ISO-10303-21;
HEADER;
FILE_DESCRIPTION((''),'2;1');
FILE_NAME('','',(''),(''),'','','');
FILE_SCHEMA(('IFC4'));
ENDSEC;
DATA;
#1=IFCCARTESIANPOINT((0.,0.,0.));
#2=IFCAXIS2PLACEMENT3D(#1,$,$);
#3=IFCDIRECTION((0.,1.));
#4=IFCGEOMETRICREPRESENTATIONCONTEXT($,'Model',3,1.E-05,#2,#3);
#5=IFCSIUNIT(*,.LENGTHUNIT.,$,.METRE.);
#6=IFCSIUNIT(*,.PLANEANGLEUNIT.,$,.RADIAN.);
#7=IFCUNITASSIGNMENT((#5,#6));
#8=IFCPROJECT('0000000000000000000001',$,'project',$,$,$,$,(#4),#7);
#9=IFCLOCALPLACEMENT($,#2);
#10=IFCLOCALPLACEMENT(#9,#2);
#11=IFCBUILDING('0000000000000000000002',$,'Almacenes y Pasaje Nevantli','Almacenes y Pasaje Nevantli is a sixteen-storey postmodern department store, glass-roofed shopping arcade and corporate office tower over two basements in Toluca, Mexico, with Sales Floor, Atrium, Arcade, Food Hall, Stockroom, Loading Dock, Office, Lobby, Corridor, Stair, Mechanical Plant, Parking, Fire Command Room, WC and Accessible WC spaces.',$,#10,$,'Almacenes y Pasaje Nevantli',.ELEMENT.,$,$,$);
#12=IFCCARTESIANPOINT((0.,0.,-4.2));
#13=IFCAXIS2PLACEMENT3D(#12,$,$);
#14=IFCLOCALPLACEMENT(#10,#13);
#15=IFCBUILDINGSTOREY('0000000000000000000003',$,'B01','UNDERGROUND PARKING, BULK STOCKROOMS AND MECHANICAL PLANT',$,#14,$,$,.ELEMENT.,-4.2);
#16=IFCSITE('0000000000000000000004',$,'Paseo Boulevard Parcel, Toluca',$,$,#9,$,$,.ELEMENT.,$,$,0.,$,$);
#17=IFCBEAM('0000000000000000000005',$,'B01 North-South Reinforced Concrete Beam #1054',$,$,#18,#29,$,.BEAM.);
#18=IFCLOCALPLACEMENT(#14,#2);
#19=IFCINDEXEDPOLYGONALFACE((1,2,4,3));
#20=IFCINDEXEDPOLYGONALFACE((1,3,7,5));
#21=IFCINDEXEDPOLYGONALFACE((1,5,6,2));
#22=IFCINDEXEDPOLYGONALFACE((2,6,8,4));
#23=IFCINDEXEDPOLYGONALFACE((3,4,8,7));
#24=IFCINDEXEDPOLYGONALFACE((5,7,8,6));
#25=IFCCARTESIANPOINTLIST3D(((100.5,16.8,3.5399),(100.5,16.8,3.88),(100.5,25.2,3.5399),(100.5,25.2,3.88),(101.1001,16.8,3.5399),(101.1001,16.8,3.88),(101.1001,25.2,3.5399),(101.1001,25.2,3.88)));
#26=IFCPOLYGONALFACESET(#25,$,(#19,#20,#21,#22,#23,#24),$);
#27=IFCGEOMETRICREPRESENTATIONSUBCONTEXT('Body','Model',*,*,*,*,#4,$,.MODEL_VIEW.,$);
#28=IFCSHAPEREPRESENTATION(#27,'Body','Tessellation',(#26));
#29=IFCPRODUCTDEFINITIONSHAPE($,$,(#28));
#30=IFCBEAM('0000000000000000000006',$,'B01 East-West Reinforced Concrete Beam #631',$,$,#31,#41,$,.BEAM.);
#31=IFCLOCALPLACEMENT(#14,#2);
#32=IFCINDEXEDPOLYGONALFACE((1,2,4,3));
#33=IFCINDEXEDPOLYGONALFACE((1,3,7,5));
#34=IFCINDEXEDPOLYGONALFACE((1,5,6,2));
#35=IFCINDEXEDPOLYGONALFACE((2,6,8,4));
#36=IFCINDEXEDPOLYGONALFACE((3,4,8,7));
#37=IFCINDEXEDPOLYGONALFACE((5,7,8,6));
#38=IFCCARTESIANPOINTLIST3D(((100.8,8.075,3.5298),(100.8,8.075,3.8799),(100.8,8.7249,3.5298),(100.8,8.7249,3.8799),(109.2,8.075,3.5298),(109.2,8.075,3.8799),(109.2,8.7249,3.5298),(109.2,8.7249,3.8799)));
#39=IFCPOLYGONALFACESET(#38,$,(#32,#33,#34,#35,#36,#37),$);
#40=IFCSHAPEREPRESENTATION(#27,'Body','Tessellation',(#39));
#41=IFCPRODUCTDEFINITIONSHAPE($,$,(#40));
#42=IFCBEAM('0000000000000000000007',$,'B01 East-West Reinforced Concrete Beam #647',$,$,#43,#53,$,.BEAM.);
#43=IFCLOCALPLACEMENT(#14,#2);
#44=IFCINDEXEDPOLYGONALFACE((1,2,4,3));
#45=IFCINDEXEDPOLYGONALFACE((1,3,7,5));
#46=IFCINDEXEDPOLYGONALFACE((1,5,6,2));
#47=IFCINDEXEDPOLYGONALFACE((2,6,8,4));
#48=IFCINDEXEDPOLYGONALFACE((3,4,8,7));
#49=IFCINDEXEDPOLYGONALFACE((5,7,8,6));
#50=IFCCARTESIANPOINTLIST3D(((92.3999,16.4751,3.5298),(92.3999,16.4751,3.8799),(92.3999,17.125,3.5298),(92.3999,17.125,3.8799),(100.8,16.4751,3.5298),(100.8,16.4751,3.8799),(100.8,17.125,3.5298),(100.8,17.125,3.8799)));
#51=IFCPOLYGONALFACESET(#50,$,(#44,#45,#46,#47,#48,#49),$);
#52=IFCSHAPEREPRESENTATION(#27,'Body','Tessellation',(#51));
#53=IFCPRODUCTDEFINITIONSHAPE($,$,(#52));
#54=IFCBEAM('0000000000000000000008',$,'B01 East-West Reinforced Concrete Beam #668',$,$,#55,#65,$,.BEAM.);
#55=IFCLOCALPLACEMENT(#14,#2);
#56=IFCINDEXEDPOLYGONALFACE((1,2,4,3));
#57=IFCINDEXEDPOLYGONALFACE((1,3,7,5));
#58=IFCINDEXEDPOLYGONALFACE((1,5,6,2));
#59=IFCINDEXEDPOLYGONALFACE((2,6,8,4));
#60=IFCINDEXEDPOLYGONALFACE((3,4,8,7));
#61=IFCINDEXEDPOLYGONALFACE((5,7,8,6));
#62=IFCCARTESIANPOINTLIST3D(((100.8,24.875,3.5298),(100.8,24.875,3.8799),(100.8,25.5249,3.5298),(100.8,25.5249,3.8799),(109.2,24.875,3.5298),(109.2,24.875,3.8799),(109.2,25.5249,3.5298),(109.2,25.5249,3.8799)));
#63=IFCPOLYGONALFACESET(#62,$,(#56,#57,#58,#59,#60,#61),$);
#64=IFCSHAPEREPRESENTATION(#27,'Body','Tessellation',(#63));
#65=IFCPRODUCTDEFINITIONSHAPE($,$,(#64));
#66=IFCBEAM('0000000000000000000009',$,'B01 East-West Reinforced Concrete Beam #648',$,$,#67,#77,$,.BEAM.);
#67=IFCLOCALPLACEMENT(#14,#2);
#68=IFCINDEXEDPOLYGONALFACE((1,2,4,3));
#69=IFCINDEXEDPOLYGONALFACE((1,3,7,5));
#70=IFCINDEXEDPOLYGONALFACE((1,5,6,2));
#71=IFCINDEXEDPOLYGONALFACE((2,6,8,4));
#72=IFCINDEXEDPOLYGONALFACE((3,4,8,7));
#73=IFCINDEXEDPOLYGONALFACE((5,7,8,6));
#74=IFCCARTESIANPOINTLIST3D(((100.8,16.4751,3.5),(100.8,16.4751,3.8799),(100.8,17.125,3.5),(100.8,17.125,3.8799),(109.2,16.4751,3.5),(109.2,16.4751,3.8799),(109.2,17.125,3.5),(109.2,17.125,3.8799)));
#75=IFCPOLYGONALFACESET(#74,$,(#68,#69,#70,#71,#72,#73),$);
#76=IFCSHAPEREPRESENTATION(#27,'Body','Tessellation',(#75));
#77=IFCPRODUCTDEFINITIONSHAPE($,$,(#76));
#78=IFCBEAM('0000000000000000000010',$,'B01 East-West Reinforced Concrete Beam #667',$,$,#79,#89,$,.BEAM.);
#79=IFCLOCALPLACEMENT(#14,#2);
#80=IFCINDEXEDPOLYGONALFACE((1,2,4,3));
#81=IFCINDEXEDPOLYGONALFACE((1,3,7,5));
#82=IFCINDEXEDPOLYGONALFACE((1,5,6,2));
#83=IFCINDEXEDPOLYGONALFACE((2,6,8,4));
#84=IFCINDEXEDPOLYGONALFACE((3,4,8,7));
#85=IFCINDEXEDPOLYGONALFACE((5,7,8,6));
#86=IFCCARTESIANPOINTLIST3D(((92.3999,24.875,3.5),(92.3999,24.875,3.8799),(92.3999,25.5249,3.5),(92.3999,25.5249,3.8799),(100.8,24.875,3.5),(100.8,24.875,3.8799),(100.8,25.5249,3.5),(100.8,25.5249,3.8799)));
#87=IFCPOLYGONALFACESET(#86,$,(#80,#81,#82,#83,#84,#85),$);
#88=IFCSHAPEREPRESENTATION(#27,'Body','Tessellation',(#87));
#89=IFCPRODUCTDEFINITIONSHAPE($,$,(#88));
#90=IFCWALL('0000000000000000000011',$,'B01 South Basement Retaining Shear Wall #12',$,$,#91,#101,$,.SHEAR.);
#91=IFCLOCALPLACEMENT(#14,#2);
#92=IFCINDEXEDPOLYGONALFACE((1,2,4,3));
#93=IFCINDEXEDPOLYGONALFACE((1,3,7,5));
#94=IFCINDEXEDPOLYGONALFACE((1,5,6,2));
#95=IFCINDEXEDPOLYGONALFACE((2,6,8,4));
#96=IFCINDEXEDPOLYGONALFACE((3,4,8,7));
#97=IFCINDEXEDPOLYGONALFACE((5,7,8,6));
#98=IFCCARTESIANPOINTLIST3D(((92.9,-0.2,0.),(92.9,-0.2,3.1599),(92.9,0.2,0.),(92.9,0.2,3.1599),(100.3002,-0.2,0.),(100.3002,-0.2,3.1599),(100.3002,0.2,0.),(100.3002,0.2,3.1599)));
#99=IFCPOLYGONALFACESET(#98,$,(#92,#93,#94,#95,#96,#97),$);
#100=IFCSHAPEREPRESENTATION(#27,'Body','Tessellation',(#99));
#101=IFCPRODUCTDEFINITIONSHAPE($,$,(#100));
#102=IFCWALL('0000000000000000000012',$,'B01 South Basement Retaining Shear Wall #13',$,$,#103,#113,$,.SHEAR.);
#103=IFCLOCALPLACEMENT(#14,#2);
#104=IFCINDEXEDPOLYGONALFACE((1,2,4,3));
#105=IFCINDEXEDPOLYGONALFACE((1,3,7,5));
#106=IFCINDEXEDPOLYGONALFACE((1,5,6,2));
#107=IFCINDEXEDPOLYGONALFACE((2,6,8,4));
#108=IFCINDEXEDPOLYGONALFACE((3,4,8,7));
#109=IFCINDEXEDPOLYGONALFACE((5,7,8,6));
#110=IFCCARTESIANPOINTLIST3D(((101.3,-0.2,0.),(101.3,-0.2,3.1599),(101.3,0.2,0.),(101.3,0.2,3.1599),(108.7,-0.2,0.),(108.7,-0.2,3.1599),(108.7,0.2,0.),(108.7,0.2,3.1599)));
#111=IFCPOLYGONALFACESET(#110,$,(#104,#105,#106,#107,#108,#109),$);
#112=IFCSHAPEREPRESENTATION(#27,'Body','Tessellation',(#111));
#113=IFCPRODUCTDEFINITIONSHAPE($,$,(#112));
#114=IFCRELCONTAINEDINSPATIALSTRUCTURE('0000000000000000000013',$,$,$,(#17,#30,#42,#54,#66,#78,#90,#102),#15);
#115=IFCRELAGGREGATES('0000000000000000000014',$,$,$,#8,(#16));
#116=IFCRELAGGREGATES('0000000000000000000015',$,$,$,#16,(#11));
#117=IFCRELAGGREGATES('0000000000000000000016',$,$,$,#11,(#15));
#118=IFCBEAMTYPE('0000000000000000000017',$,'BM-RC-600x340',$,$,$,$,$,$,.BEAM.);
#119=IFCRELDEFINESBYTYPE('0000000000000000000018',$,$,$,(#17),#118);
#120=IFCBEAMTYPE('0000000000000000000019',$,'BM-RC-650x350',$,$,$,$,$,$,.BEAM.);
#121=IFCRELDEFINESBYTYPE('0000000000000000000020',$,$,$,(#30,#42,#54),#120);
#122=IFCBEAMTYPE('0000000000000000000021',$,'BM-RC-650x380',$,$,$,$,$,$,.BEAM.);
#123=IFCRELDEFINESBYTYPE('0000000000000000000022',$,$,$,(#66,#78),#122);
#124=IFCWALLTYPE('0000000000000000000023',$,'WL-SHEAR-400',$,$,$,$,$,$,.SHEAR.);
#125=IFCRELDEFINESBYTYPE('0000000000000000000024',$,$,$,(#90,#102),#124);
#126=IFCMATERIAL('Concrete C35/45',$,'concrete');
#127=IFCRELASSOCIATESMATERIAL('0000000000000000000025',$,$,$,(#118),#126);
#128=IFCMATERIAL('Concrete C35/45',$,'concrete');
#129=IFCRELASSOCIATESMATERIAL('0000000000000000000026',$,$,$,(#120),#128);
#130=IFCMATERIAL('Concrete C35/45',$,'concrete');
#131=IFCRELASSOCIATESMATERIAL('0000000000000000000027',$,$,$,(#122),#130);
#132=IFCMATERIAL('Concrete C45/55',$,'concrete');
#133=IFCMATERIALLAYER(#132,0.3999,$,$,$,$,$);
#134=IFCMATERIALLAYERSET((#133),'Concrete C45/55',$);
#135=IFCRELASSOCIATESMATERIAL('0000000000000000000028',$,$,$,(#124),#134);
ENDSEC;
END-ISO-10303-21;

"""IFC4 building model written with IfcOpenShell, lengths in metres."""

from ifc_helpers import new_model, si_unit, direction, frame, frame_2d, origin, origin_2d, place, context, subcontext, project, spatial, rectangle, extrude, material, layer, layer_set, material_profile, profile_set, type_object, element, save


model = new_model("IFC4")

# Units and contexts
model_context = context("Model", 3, precision=1e-05, world=origin(), true_north=direction((0.0, 1.0)))
body_context = subcontext(model_context, "Body", "Model", "MODEL_VIEW")
ifc_project = project(units=[si_unit("LENGTHUNIT", "METRE"), si_unit("PLANEANGLEUNIT", "RADIAN")], contexts=[model_context])

# Site, building, storey
site_placement = place(None, origin())
site = spatial("IfcSite", under=ifc_project, at=site_placement, Name="Paseo Boulevard Parcel, Toluca", CompositionType="ELEMENT", RefElevation=0.0)
building_placement = place(site_placement, origin())
building = spatial("IfcBuilding", under=site, at=building_placement, Name="Almacenes y Pasaje Nevantli", Description="Almacenes y Pasaje Nevantli is a sixteen-storey postmodern department store, glass-roofed shopping arcade and corporate office tower over two basements in Toluca, Mexico, with Sales Floor, Atrium, Arcade, Food Hall, Stockroom, Loading Dock, Office, Lobby, Corridor, Stair, Mechanical Plant, Parking, Fire Command Room, WC and Accessible WC spaces.", LongName="Almacenes y Pasaje Nevantli", CompositionType="ELEMENT")
storey_placement = place(building_placement, frame((0.0, 0.0, -4.2)))
storey = spatial("IfcBuildingStorey", under=building, at=storey_placement, Name="B01", Description="UNDERGROUND PARKING, BULK STOCKROOMS AND MECHANICAL PLANT", CompositionType="ELEMENT", Elevation=-4.2)

# Beams
ifc_material_1 = material(Name="Concrete C35/45", Category="concrete")
ifc_material_profile_1 = material_profile(ifc_material_1, rectangle(XDim=0.6001, YDim=0.3401, at=origin_2d()), Name="RC-BM-600x340")
ifc_profile_set_1 = profile_set([ifc_material_profile_1], Name="Concrete C35/45")
beam_type_1 = type_object("IfcBeamType", Name="BM-RC-600x340", PredefinedType="BEAM", material=ifc_profile_set_1)
for number, where, z_axis, x_axis, name in (
    (1, (100.8, 16.8, 3.71), (0.0, 1.0, 0.0), (-1.0, 0.0, 0.0), "B01 North-South Reinforced Concrete Beam #1054"),
):
    element("IfcBeam", number, at=place(storey_placement, frame(where, z_axis=z_axis, x_axis=x_axis)), inside=storey, type_object=beam_type_1, Name=name, PredefinedType="BEAM", context=body_context, shape_type="SweptSolid", body=[
        extrude(rectangle(XDim=0.6001, YDim=0.3401, at=origin_2d()), origin(), (0.0, 0.0, 1.0), 8.3999),
    ])
ifc_material_2 = material(Name="Concrete C35/45", Category="concrete")
ifc_material_profile_2 = material_profile(ifc_material_2, rectangle(XDim=0.6499, YDim=0.3501, at=origin_2d()), Name="RC-BM-650x350")
ifc_profile_set_2 = profile_set([ifc_material_profile_2], Name="Concrete C35/45")
beam_type_2 = type_object("IfcBeamType", Name="BM-RC-650x350", PredefinedType="BEAM", material=ifc_profile_set_2)
beam_1_placement = place(storey_placement, frame((100.8, 8.3999, 3.7048), z_axis=(1.0, 0.0, 0.0), x_axis=(0.0, 1.0, 0.0)))
element("IfcBeam", 2, at=beam_1_placement, inside=storey, type_object=beam_type_2, Name="B01 East-West Reinforced Concrete Beam #631", PredefinedType="BEAM", context=body_context, shape_type="SweptSolid", body=[
    extrude(rectangle(XDim=0.6499, YDim=0.3501, at=origin_2d()), origin(), (0.0, 0.0, 1.0), 8.3999),
])
beam_2_placement = place(storey_placement, frame((92.3999, 16.8, 3.7048), z_axis=(1.0, 0.0, 0.0), x_axis=(0.0, 1.0, 0.0)))
element("IfcBeam", 3, at=beam_2_placement, inside=storey, type_object=beam_type_2, Name="B01 East-West Reinforced Concrete Beam #647", PredefinedType="BEAM", context=body_context, shape_type="SweptSolid", body=[
    extrude(rectangle(XDim=0.6499, YDim=0.3501, at=origin_2d()), origin(), (0.0, 0.0, 1.0), 8.4001),
])
beam_3_placement = place(storey_placement, frame((100.8, 25.2, 3.7048), z_axis=(1.0, 0.0, 0.0), x_axis=(0.0, 1.0, 0.0)))
element("IfcBeam", 4, at=beam_3_placement, inside=storey, type_object=beam_type_2, Name="B01 East-West Reinforced Concrete Beam #668", PredefinedType="BEAM", context=body_context, shape_type="SweptSolid", body=[
    extrude(rectangle(XDim=0.6499, YDim=0.3501, at=origin_2d()), origin(), (0.0, 0.0, 1.0), 8.3999),
])
ifc_material_3 = material(Name="Concrete C35/45", Category="concrete")
ifc_material_profile_3 = material_profile(ifc_material_3, rectangle(XDim=0.6499, YDim=0.3799, at=origin_2d()), Name="RC-BM-650x380")
ifc_profile_set_3 = profile_set([ifc_material_profile_3], Name="Concrete C35/45")
beam_type_3 = type_object("IfcBeamType", Name="BM-RC-650x380", PredefinedType="BEAM", material=ifc_profile_set_3)
beam_4_placement = place(storey_placement, frame((100.8, 16.8, 3.6899), z_axis=(1.0, 0.0, 0.0), x_axis=(0.0, 1.0, 0.0)))
element("IfcBeam", 5, at=beam_4_placement, inside=storey, type_object=beam_type_3, Name="B01 East-West Reinforced Concrete Beam #648", PredefinedType="BEAM", context=body_context, shape_type="SweptSolid", body=[
    extrude(rectangle(XDim=0.6499, YDim=0.3799, at=origin_2d()), origin(), (0.0, 0.0, 1.0), 8.3999),
])
beam_5_placement = place(storey_placement, frame((92.3999, 25.2, 3.6899), z_axis=(1.0, 0.0, 0.0), x_axis=(0.0, 1.0, 0.0)))
element("IfcBeam", 6, at=beam_5_placement, inside=storey, type_object=beam_type_3, Name="B01 East-West Reinforced Concrete Beam #667", PredefinedType="BEAM", context=body_context, shape_type="SweptSolid", body=[
    extrude(rectangle(XDim=0.6499, YDim=0.3799, at=origin_2d()), origin(), (0.0, 0.0, 1.0), 8.4001),
])

# Walls
ifc_material_4 = material(Name="Concrete C45/55", Category="concrete")
ifc_layer = layer(ifc_material_4, 0.3999)
ifc_layer_set = layer_set([ifc_layer], Name="Concrete C45/55")
wall_type = type_object("IfcWallType", Name="WL-SHEAR-400", PredefinedType="SHEAR", material=ifc_layer_set)
wall_1_placement = place(storey_placement, frame((92.8999, 0.0, 0.0), z_axis=(0.0, 0.0, 1.0), x_axis=(1.0, 0.0, 0.0)))
element("IfcWall", 7, at=wall_1_placement, inside=storey, type_object=wall_type, Name="B01 South Basement Retaining Shear Wall #12", PredefinedType="SHEAR", context=body_context, shape_type="SweptSolid", body=[
    extrude(rectangle(XDim=7.4001, YDim=0.3999, at=frame_2d((3.7002, 0.0))), origin(), (0.0, 0.0, 1.0), 3.1599),
])
wall_2_placement = place(storey_placement, frame((101.3, 0.0, 0.0), z_axis=(0.0, 0.0, 1.0), x_axis=(1.0, 0.0, 0.0)))
element("IfcWall", 8, at=wall_2_placement, inside=storey, type_object=wall_type, Name="B01 South Basement Retaining Shear Wall #13", PredefinedType="SHEAR", context=body_context, shape_type="SweptSolid", body=[
    extrude(rectangle(XDim=7.3999, YDim=0.3999, at=frame_2d((3.7, 0.0))), origin(), (0.0, 0.0, 1.0), 3.1599),
])

save(model, "model.ifc")
